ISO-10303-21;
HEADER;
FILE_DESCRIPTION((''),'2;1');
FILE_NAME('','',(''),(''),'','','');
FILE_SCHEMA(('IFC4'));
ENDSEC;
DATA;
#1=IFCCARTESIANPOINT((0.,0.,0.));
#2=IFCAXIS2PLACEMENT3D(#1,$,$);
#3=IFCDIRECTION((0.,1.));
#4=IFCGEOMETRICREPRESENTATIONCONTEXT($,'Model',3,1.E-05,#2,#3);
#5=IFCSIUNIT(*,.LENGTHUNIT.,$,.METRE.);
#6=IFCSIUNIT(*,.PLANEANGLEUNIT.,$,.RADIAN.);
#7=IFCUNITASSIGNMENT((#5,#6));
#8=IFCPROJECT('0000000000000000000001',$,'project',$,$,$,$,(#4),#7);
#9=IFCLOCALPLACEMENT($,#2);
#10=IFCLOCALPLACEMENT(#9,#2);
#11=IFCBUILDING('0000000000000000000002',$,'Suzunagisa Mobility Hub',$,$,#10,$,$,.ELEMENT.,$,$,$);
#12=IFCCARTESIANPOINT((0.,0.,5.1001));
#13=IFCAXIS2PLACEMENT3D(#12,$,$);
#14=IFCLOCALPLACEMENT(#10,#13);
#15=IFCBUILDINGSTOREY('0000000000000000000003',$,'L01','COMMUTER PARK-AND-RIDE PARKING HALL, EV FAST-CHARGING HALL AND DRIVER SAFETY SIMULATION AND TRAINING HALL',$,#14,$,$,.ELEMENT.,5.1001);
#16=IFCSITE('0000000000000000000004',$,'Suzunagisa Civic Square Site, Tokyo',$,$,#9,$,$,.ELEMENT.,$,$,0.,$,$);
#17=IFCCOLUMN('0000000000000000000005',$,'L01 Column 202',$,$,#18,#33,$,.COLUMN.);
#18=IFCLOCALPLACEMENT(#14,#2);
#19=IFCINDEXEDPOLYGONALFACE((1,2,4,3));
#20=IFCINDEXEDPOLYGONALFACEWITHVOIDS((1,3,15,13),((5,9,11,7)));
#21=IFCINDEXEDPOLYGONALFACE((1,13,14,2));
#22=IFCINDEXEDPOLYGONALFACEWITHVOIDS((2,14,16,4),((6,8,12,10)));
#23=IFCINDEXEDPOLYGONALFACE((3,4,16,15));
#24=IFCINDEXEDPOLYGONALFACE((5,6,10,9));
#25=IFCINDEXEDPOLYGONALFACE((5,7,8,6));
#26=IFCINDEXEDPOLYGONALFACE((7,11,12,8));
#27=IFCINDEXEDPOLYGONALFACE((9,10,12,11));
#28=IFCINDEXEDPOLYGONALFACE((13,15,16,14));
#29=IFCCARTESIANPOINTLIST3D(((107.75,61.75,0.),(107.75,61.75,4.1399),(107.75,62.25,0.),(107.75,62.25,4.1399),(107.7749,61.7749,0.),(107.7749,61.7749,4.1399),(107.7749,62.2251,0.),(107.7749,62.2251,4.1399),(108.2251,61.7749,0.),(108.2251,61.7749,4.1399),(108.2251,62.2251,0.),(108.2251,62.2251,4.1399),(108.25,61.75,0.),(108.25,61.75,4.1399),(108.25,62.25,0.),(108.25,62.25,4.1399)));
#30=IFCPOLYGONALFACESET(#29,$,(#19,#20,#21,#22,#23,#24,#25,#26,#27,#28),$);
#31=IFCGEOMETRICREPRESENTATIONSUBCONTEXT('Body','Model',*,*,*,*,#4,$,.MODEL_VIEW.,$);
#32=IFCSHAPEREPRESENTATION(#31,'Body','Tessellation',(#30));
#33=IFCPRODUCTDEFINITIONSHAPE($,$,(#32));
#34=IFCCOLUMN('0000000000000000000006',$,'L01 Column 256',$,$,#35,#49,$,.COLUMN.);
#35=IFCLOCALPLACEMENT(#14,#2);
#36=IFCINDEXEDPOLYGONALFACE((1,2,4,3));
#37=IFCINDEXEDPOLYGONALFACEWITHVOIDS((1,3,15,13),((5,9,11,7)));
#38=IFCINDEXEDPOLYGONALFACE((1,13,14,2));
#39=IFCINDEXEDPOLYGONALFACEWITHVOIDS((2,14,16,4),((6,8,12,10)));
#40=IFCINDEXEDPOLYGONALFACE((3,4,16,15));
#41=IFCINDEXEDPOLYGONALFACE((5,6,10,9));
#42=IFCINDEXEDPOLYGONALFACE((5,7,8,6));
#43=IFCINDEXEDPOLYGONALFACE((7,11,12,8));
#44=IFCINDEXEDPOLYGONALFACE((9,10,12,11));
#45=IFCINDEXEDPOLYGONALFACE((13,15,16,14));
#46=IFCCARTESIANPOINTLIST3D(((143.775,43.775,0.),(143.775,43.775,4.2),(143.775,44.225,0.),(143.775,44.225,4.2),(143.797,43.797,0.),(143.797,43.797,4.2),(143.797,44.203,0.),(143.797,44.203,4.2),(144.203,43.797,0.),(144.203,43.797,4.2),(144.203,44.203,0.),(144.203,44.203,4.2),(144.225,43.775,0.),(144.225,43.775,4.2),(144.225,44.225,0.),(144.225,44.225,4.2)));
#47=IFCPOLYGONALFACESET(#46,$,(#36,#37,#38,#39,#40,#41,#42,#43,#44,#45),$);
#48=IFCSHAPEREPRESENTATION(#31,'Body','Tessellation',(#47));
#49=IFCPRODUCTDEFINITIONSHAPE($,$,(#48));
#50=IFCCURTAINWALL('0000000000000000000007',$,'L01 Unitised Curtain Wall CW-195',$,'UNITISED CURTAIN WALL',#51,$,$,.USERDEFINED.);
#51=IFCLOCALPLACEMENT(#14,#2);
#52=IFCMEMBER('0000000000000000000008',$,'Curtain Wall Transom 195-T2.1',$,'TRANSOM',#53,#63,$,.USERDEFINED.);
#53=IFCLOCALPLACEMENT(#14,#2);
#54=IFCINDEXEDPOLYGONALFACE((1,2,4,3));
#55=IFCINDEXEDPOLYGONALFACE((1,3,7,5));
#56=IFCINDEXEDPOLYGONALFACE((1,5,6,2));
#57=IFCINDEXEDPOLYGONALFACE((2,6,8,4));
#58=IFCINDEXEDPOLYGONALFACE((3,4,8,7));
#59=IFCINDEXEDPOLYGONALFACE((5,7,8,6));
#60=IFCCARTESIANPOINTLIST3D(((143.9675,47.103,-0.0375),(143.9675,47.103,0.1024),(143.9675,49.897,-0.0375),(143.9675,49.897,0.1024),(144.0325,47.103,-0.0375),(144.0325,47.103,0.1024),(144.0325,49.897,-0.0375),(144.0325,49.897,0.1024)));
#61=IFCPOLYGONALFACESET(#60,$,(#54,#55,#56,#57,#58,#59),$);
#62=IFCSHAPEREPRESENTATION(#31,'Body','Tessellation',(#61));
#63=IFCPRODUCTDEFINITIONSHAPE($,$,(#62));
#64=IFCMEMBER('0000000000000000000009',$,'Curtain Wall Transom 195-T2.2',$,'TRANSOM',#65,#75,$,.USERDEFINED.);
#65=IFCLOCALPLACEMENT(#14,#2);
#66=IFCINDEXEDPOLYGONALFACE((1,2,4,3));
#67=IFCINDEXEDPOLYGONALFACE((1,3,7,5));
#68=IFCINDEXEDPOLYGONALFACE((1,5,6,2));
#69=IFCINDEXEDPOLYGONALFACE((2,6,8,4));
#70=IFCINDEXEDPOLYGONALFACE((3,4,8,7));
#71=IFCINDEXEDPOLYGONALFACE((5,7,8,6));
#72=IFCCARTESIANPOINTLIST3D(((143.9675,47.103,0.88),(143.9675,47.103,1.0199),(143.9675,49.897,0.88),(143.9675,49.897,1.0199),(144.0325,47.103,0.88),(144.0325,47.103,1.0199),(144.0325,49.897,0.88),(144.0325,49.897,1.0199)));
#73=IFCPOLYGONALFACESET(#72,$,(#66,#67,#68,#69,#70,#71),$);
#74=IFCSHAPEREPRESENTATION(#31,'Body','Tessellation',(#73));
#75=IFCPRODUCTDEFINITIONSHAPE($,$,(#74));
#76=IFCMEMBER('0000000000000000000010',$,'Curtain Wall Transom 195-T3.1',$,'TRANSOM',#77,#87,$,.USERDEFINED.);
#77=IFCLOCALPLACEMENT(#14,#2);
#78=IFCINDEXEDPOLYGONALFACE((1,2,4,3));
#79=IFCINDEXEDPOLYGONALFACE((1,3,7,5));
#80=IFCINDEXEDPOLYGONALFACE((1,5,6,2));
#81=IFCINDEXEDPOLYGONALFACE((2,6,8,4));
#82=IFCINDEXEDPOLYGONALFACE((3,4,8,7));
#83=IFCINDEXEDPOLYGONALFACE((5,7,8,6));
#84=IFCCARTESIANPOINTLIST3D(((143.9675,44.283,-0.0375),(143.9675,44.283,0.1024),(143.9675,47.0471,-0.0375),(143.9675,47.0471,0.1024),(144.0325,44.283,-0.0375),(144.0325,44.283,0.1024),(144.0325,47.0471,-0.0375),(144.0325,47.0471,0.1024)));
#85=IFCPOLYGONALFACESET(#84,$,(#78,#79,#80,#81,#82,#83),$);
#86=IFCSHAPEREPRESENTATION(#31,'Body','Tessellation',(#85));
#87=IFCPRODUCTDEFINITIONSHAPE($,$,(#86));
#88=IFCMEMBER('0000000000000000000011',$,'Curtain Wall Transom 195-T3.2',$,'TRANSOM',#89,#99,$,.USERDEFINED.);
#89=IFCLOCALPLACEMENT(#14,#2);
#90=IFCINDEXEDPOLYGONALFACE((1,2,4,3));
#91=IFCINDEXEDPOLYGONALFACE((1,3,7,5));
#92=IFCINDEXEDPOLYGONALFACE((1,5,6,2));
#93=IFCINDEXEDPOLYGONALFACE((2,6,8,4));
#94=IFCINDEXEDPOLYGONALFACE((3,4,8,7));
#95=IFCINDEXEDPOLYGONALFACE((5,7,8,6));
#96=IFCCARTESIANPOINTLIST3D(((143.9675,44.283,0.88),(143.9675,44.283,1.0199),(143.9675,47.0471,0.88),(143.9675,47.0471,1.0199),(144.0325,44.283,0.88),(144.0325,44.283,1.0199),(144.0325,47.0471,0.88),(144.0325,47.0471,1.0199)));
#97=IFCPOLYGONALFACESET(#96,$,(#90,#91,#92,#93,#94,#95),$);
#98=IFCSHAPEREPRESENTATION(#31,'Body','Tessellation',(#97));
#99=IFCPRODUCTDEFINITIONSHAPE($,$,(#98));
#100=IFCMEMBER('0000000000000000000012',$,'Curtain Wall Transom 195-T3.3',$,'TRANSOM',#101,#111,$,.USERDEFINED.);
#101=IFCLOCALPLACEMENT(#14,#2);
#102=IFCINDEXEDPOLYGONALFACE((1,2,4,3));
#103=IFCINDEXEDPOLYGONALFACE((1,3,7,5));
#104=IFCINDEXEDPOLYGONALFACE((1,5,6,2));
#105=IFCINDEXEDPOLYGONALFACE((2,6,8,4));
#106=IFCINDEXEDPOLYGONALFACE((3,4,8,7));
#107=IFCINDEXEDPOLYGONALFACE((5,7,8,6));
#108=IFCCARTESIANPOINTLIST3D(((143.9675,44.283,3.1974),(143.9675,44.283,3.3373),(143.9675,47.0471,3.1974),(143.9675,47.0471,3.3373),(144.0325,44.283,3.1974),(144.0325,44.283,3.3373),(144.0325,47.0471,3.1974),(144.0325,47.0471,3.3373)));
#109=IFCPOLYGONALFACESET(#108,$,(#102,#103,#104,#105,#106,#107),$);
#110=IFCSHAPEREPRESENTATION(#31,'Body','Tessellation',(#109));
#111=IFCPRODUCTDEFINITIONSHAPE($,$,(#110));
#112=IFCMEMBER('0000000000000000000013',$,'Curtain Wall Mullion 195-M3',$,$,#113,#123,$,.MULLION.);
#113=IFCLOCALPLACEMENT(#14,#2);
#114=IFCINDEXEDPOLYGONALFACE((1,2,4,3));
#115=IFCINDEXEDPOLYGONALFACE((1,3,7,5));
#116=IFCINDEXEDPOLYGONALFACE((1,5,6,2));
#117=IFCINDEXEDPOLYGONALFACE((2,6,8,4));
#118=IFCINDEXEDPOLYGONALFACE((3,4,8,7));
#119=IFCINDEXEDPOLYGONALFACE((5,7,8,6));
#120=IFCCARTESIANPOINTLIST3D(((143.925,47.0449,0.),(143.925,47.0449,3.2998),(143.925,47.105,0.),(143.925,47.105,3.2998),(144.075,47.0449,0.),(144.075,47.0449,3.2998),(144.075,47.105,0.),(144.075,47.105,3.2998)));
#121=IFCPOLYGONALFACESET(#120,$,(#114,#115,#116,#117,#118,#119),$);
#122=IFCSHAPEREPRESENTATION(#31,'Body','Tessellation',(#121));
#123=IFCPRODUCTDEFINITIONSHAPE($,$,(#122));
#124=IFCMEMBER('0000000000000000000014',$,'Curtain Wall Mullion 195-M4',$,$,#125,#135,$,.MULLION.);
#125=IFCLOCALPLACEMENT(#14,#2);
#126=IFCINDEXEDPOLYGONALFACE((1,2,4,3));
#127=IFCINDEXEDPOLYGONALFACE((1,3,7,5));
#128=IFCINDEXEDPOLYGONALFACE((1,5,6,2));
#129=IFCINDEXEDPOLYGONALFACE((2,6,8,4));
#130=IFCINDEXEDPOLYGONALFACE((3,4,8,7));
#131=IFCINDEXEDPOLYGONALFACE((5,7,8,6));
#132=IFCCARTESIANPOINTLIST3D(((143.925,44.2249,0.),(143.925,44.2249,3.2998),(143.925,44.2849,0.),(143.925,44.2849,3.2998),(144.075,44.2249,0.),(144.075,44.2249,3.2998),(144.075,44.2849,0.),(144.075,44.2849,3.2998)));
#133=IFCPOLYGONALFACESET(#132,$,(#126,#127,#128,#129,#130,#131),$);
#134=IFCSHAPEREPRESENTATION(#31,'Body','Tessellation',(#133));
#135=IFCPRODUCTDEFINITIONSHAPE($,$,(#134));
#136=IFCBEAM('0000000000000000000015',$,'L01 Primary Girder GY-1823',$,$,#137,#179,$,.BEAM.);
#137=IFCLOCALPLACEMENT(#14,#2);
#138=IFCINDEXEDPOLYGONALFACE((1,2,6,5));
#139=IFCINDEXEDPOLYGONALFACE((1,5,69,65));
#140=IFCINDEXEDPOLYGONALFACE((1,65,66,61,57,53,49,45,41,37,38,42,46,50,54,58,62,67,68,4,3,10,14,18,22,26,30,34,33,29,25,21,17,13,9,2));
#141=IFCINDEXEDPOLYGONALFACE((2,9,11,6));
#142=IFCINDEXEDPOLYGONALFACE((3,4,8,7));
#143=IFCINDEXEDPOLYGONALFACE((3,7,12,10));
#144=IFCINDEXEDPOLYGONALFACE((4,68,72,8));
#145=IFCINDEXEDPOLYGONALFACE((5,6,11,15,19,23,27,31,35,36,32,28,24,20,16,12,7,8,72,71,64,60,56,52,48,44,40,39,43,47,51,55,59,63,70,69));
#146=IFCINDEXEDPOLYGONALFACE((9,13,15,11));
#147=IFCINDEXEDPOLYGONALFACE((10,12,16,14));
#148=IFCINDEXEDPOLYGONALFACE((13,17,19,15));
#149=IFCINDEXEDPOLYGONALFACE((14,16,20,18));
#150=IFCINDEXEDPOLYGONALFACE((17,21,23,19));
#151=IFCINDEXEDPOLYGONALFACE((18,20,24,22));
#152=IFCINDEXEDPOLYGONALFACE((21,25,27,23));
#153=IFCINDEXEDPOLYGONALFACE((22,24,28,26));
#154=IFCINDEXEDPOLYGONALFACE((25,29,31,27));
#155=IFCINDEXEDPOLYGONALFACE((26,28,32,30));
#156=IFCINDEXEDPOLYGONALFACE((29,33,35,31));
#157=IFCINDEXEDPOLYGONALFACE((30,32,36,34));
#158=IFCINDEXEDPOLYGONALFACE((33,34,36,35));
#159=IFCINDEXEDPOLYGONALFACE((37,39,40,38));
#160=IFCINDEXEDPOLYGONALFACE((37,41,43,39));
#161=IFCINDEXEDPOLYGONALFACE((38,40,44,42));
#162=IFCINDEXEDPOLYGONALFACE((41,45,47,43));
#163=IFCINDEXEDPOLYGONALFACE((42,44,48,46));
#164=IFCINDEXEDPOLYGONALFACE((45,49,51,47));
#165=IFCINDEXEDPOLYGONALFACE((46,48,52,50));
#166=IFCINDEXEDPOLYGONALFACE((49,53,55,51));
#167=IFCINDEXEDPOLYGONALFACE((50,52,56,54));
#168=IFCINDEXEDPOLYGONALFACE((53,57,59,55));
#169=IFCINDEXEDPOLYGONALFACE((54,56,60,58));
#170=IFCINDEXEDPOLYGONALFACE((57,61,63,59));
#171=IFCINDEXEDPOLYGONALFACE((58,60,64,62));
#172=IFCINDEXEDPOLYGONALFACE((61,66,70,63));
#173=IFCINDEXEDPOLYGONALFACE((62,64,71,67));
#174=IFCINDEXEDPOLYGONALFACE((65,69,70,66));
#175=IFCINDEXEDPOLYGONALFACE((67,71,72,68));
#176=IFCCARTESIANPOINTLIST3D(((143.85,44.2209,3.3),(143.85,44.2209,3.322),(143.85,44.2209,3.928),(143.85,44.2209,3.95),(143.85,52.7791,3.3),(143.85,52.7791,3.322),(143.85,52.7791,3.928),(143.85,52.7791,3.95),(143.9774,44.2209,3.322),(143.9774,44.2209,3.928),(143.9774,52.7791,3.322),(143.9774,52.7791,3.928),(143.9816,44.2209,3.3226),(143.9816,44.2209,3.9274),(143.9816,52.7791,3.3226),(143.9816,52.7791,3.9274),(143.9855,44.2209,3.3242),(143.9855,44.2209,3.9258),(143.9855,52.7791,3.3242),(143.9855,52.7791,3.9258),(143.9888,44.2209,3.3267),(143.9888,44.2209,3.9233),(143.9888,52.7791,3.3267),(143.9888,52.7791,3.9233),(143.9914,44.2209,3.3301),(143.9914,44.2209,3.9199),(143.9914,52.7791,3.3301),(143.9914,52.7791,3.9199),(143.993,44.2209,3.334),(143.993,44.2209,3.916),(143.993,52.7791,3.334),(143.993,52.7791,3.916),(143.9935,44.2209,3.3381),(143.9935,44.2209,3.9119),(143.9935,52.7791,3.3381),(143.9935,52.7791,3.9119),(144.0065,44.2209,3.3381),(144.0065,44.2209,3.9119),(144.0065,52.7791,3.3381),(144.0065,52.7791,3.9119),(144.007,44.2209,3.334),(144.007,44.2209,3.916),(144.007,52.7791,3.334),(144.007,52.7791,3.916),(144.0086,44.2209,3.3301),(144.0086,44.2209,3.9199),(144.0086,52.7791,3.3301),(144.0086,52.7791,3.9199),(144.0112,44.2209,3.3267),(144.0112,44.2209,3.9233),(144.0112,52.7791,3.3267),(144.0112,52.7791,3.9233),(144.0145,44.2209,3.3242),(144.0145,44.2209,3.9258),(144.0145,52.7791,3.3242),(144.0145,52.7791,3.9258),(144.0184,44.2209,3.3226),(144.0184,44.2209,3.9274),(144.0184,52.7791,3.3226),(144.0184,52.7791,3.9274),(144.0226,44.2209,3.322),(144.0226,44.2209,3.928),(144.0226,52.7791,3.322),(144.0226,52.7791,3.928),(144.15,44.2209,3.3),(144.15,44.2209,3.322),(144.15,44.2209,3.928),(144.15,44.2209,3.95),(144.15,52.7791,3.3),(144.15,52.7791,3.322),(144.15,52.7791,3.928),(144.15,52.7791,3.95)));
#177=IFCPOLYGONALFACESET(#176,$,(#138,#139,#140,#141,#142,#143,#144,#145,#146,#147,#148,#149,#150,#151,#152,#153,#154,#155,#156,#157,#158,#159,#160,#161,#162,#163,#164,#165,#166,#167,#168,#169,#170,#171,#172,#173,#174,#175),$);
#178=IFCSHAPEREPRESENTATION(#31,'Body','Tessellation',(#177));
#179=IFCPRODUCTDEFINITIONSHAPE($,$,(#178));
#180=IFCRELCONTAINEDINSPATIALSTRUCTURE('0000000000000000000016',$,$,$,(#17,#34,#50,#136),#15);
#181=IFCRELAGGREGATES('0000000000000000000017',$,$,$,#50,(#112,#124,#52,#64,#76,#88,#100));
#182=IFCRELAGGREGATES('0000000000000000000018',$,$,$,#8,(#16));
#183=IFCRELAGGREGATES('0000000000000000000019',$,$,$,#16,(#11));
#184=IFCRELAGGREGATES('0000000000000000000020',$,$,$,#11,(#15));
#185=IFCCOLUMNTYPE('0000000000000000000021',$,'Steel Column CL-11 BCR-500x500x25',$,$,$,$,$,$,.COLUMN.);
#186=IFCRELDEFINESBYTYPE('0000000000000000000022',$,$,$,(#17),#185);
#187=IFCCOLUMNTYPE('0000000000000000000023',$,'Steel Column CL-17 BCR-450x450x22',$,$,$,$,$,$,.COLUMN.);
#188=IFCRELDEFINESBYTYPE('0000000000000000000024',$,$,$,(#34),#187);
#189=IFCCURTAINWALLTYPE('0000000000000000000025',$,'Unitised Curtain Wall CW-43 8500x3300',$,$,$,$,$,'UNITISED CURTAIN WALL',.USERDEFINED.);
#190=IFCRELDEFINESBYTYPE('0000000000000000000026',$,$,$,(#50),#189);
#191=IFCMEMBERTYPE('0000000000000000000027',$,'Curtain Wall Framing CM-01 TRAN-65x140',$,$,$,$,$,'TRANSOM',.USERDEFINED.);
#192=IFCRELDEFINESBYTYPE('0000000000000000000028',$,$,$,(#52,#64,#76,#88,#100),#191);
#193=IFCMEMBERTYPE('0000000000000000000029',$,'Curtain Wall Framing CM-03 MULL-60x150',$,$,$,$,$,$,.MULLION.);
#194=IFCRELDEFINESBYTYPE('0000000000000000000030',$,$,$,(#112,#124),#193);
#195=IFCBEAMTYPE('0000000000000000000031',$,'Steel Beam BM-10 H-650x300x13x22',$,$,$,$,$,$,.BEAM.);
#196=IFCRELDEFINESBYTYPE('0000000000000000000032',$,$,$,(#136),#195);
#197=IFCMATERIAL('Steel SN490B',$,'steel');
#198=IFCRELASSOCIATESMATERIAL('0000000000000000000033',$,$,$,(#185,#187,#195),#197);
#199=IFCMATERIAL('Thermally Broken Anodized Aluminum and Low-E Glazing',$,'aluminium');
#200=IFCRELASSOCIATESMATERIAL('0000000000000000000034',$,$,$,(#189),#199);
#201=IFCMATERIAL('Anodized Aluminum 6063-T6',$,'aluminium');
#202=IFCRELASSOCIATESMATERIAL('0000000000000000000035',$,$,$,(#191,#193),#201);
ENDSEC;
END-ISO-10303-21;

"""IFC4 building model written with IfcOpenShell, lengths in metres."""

from ifc_helpers import new_model, si_unit, direction, frame, origin, origin_2d, place, context, subcontext, project, spatial, rectangle, hollow_rectangle, i_section, extrude, material, material_profile, profile_set, type_object, element, aggregate, save


model = new_model("IFC4")

# Units and contexts
model_context = context("Model", 3, precision=1e-05, world=origin(), true_north=direction((0.0, 1.0)))
body_context = subcontext(model_context, "Body", "Model", "MODEL_VIEW")
ifc_project = project(units=[si_unit("LENGTHUNIT", "METRE"), si_unit("PLANEANGLEUNIT", "RADIAN")], contexts=[model_context])

# Site, building, storey
site_placement = place(None, origin())
site = spatial("IfcSite", under=ifc_project, at=site_placement, Name="Suzunagisa Civic Square Site, Tokyo", CompositionType="ELEMENT", RefElevation=0.0)
building_placement = place(site_placement, origin())
building = spatial("IfcBuilding", under=site, at=building_placement, Name="Suzunagisa Mobility Hub", CompositionType="ELEMENT")
storey_placement = place(building_placement, frame((0.0, 0.0, 5.1001)))
storey = spatial("IfcBuildingStorey", under=building, at=storey_placement, Name="L01", Description="COMMUTER PARK-AND-RIDE PARKING HALL, EV FAST-CHARGING HALL AND DRIVER SAFETY SIMULATION AND TRAINING HALL", CompositionType="ELEMENT", Elevation=5.1001)

# Columns
ifc_material_1 = material(Name="Steel SN490B", Category="steel")
ifc_material_profile_1 = material_profile(ifc_material_1, hollow_rectangle(XDim=0.5, YDim=0.5, WallThickness=0.0249, at=origin_2d()), Name="BCR-500x500x25")
ifc_profile_set_1 = profile_set([ifc_material_profile_1], Name="Steel SN490B")
column_type_1 = type_object("IfcColumnType", Name="Steel Column CL-11 BCR-500x500x25", PredefinedType="COLUMN", material=ifc_profile_set_1)
column_1_placement = place(storey_placement, frame((108.0, 62.0, 0.0), z_axis=(0.0, 0.0, 1.0), x_axis=(1.0, 0.0, 0.0)))
element("IfcColumn", 1, at=column_1_placement, inside=storey, type_object=column_type_1, Name="L01 Column 202", PredefinedType="COLUMN", context=body_context, shape_type="SweptSolid", body=[
    extrude(hollow_rectangle(XDim=0.5, YDim=0.5, WallThickness=0.0249, at=origin_2d()), origin(), (0.0, 0.0, 1.0), 4.1399),
])
ifc_material_profile_2 = material_profile(ifc_material_1, hollow_rectangle(XDim=0.45, YDim=0.45, WallThickness=0.022, at=origin_2d()), Name="BCR-450x450x22")
ifc_profile_set_2 = profile_set([ifc_material_profile_2], Name="Steel SN490B")
column_type_2 = type_object("IfcColumnType", Name="Steel Column CL-17 BCR-450x450x22", PredefinedType="COLUMN", material=ifc_profile_set_2)
column_2_placement = place(storey_placement, frame((144.0, 44.0, 0.0), z_axis=(0.0, 0.0, 1.0), x_axis=(1.0, 0.0, 0.0)))
element("IfcColumn", 2, at=column_2_placement, inside=storey, type_object=column_type_2, Name="L01 Column 256", PredefinedType="COLUMN", context=body_context, shape_type="SweptSolid", body=[
    extrude(hollow_rectangle(XDim=0.45, YDim=0.45, WallThickness=0.022, at=origin_2d()), origin(), (0.0, 0.0, 1.0), 4.2),
])

# Curtain wall, members
ifc_material_2 = material(Name="Thermally Broken Anodized Aluminum and Low-E Glazing", Category="aluminium")
curtain_wall_type = type_object("IfcCurtainWallType", Name="Unitised Curtain Wall CW-43 8500x3300", ElementType="UNITISED CURTAIN WALL", PredefinedType="USERDEFINED", material=ifc_material_2)
curtain_wall_placement = place(storey_placement, origin())
curtain_wall = element("IfcCurtainWall", 3, at=curtain_wall_placement, inside=storey, type_object=curtain_wall_type, Name="L01 Unitised Curtain Wall CW-195", ObjectType="UNITISED CURTAIN WALL", PredefinedType="USERDEFINED")
ifc_material_3 = material(Name="Anodized Aluminum 6063-T6", Category="aluminium")
ifc_material_profile_3 = material_profile(ifc_material_3, rectangle(XDim=0.0649, YDim=0.1399, at=origin_2d()), Name="TRAN-65x140")
ifc_profile_set_3 = profile_set([ifc_material_profile_3], Name="Anodized Aluminum 6063-T6")
member_type_1 = type_object("IfcMemberType", Name="Curtain Wall Framing CM-01 TRAN-65x140", ElementType="TRANSOM", PredefinedType="USERDEFINED", material=ifc_profile_set_3)
member_1_placement = place(storey_placement, frame((144.0, 49.897, 0.0325), z_axis=(0.0, -1.0, 0.0), x_axis=(1.0, 0.0, 0.0)))
member_1 = element("IfcMember", 4, at=member_1_placement, type_object=member_type_1, Name="Curtain Wall Transom 195-T2.1", ObjectType="TRANSOM", PredefinedType="USERDEFINED", context=body_context, shape_type="SweptSolid", body=[
    extrude(rectangle(XDim=0.0649, YDim=0.1399, at=origin_2d()), origin(), (0.0, 0.0, 1.0), 2.7939),
])
member_2_placement = place(storey_placement, frame((144.0, 49.897, 0.95), z_axis=(0.0, -1.0, 0.0), x_axis=(1.0, 0.0, 0.0)))
member_2 = element("IfcMember", 5, at=member_2_placement, type_object=member_type_1, Name="Curtain Wall Transom 195-T2.2", ObjectType="TRANSOM", PredefinedType="USERDEFINED", context=body_context, shape_type="SweptSolid", body=[
    extrude(rectangle(XDim=0.0649, YDim=0.1399, at=origin_2d()), origin(), (0.0, 0.0, 1.0), 2.7939),
])
member_3_placement = place(storey_placement, frame((144.0, 47.0471, 0.0325), z_axis=(0.0, -1.0, 0.0), x_axis=(1.0, 0.0, 0.0)))
member_3 = element("IfcMember", 6, at=member_3_placement, type_object=member_type_1, Name="Curtain Wall Transom 195-T3.1", ObjectType="TRANSOM", PredefinedType="USERDEFINED", context=body_context, shape_type="SweptSolid", body=[
    extrude(rectangle(XDim=0.0649, YDim=0.1399, at=origin_2d()), origin(), (0.0, 0.0, 1.0), 2.7642),
])
member_4_placement = place(storey_placement, frame((144.0, 47.0471, 0.95), z_axis=(0.0, -1.0, 0.0), x_axis=(1.0, 0.0, 0.0)))
member_4 = element("IfcMember", 7, at=member_4_placement, type_object=member_type_1, Name="Curtain Wall Transom 195-T3.2", ObjectType="TRANSOM", PredefinedType="USERDEFINED", context=body_context, shape_type="SweptSolid", body=[
    extrude(rectangle(XDim=0.0649, YDim=0.1399, at=origin_2d()), origin(), (0.0, 0.0, 1.0), 2.7642),
])
member_5_placement = place(storey_placement, frame((144.0, 47.0471, 3.2673), z_axis=(0.0, -1.0, 0.0), x_axis=(1.0, 0.0, 0.0)))
member_5 = element("IfcMember", 8, at=member_5_placement, type_object=member_type_1, Name="Curtain Wall Transom 195-T3.3", ObjectType="TRANSOM", PredefinedType="USERDEFINED", context=body_context, shape_type="SweptSolid", body=[
    extrude(rectangle(XDim=0.0649, YDim=0.1399, at=origin_2d()), origin(), (0.0, 0.0, 1.0), 2.7642),
])
ifc_material_profile_4 = material_profile(ifc_material_3, rectangle(XDim=0.0601, YDim=0.1499, at=origin_2d()), Name="MULL-60x150")
ifc_profile_set_4 = profile_set([ifc_material_profile_4], Name="Anodized Aluminum 6063-T6")
member_type_2 = type_object("IfcMemberType", Name="Curtain Wall Framing CM-03 MULL-60x150", PredefinedType="MULLION", material=ifc_profile_set_4)
member_6_placement = place(storey_placement, frame((144.0, 47.075, 0.0), z_axis=(0.0, 0.0, 1.0), x_axis=(0.0, -1.0, 0.0)))
member_6 = element("IfcMember", 9, at=member_6_placement, type_object=member_type_2, Name="Curtain Wall Mullion 195-M3", PredefinedType="MULLION", context=body_context, shape_type="SweptSolid", body=[
    extrude(rectangle(XDim=0.0601, YDim=0.1499, at=origin_2d()), origin(), (0.0, 0.0, 1.0), 3.2998),
])
member_7_placement = place(storey_placement, frame((144.0, 44.2549, 0.0), z_axis=(0.0, 0.0, 1.0), x_axis=(0.0, -1.0, 0.0)))
member_7 = element("IfcMember", 10, at=member_7_placement, type_object=member_type_2, Name="Curtain Wall Mullion 195-M4", PredefinedType="MULLION", context=body_context, shape_type="SweptSolid", body=[
    extrude(rectangle(XDim=0.0601, YDim=0.1499, at=origin_2d()), origin(), (0.0, 0.0, 1.0), 3.2998),
])

# Beam
ifc_material_profile_5 = material_profile(ifc_material_1, i_section(OverallWidth=0.3, OverallDepth=0.6499, WebThickness=0.0129, FlangeThickness=0.022, FilletRadius=0.0161, at=origin_2d()), Name="H-650x300x13x22")
ifc_profile_set_5 = profile_set([ifc_material_profile_5], Name="Steel SN490B")
beam_type = type_object("IfcBeamType", Name="Steel Beam BM-10 H-650x300x13x22", PredefinedType="BEAM", material=ifc_profile_set_5)
beam_placement = place(storey_placement, frame((144.0, 44.2209, 3.625), z_axis=(0.0, 1.0, 0.0), x_axis=(-1.0, 0.0, 0.0)))
element("IfcBeam", 11, at=beam_placement, inside=storey, type_object=beam_type, Name="L01 Primary Girder GY-1823", PredefinedType="BEAM", context=body_context, shape_type="SweptSolid", body=[
    extrude(i_section(OverallWidth=0.3, OverallDepth=0.6499, WebThickness=0.0129, FlangeThickness=0.022, FilletRadius=0.0161, at=origin_2d()), origin(), (0.0, 0.0, 1.0), 8.5581),
])

aggregate(curtain_wall, [member_6, member_7, member_1, member_2, member_3, member_4, member_5])

save(model, "model.ifc")
